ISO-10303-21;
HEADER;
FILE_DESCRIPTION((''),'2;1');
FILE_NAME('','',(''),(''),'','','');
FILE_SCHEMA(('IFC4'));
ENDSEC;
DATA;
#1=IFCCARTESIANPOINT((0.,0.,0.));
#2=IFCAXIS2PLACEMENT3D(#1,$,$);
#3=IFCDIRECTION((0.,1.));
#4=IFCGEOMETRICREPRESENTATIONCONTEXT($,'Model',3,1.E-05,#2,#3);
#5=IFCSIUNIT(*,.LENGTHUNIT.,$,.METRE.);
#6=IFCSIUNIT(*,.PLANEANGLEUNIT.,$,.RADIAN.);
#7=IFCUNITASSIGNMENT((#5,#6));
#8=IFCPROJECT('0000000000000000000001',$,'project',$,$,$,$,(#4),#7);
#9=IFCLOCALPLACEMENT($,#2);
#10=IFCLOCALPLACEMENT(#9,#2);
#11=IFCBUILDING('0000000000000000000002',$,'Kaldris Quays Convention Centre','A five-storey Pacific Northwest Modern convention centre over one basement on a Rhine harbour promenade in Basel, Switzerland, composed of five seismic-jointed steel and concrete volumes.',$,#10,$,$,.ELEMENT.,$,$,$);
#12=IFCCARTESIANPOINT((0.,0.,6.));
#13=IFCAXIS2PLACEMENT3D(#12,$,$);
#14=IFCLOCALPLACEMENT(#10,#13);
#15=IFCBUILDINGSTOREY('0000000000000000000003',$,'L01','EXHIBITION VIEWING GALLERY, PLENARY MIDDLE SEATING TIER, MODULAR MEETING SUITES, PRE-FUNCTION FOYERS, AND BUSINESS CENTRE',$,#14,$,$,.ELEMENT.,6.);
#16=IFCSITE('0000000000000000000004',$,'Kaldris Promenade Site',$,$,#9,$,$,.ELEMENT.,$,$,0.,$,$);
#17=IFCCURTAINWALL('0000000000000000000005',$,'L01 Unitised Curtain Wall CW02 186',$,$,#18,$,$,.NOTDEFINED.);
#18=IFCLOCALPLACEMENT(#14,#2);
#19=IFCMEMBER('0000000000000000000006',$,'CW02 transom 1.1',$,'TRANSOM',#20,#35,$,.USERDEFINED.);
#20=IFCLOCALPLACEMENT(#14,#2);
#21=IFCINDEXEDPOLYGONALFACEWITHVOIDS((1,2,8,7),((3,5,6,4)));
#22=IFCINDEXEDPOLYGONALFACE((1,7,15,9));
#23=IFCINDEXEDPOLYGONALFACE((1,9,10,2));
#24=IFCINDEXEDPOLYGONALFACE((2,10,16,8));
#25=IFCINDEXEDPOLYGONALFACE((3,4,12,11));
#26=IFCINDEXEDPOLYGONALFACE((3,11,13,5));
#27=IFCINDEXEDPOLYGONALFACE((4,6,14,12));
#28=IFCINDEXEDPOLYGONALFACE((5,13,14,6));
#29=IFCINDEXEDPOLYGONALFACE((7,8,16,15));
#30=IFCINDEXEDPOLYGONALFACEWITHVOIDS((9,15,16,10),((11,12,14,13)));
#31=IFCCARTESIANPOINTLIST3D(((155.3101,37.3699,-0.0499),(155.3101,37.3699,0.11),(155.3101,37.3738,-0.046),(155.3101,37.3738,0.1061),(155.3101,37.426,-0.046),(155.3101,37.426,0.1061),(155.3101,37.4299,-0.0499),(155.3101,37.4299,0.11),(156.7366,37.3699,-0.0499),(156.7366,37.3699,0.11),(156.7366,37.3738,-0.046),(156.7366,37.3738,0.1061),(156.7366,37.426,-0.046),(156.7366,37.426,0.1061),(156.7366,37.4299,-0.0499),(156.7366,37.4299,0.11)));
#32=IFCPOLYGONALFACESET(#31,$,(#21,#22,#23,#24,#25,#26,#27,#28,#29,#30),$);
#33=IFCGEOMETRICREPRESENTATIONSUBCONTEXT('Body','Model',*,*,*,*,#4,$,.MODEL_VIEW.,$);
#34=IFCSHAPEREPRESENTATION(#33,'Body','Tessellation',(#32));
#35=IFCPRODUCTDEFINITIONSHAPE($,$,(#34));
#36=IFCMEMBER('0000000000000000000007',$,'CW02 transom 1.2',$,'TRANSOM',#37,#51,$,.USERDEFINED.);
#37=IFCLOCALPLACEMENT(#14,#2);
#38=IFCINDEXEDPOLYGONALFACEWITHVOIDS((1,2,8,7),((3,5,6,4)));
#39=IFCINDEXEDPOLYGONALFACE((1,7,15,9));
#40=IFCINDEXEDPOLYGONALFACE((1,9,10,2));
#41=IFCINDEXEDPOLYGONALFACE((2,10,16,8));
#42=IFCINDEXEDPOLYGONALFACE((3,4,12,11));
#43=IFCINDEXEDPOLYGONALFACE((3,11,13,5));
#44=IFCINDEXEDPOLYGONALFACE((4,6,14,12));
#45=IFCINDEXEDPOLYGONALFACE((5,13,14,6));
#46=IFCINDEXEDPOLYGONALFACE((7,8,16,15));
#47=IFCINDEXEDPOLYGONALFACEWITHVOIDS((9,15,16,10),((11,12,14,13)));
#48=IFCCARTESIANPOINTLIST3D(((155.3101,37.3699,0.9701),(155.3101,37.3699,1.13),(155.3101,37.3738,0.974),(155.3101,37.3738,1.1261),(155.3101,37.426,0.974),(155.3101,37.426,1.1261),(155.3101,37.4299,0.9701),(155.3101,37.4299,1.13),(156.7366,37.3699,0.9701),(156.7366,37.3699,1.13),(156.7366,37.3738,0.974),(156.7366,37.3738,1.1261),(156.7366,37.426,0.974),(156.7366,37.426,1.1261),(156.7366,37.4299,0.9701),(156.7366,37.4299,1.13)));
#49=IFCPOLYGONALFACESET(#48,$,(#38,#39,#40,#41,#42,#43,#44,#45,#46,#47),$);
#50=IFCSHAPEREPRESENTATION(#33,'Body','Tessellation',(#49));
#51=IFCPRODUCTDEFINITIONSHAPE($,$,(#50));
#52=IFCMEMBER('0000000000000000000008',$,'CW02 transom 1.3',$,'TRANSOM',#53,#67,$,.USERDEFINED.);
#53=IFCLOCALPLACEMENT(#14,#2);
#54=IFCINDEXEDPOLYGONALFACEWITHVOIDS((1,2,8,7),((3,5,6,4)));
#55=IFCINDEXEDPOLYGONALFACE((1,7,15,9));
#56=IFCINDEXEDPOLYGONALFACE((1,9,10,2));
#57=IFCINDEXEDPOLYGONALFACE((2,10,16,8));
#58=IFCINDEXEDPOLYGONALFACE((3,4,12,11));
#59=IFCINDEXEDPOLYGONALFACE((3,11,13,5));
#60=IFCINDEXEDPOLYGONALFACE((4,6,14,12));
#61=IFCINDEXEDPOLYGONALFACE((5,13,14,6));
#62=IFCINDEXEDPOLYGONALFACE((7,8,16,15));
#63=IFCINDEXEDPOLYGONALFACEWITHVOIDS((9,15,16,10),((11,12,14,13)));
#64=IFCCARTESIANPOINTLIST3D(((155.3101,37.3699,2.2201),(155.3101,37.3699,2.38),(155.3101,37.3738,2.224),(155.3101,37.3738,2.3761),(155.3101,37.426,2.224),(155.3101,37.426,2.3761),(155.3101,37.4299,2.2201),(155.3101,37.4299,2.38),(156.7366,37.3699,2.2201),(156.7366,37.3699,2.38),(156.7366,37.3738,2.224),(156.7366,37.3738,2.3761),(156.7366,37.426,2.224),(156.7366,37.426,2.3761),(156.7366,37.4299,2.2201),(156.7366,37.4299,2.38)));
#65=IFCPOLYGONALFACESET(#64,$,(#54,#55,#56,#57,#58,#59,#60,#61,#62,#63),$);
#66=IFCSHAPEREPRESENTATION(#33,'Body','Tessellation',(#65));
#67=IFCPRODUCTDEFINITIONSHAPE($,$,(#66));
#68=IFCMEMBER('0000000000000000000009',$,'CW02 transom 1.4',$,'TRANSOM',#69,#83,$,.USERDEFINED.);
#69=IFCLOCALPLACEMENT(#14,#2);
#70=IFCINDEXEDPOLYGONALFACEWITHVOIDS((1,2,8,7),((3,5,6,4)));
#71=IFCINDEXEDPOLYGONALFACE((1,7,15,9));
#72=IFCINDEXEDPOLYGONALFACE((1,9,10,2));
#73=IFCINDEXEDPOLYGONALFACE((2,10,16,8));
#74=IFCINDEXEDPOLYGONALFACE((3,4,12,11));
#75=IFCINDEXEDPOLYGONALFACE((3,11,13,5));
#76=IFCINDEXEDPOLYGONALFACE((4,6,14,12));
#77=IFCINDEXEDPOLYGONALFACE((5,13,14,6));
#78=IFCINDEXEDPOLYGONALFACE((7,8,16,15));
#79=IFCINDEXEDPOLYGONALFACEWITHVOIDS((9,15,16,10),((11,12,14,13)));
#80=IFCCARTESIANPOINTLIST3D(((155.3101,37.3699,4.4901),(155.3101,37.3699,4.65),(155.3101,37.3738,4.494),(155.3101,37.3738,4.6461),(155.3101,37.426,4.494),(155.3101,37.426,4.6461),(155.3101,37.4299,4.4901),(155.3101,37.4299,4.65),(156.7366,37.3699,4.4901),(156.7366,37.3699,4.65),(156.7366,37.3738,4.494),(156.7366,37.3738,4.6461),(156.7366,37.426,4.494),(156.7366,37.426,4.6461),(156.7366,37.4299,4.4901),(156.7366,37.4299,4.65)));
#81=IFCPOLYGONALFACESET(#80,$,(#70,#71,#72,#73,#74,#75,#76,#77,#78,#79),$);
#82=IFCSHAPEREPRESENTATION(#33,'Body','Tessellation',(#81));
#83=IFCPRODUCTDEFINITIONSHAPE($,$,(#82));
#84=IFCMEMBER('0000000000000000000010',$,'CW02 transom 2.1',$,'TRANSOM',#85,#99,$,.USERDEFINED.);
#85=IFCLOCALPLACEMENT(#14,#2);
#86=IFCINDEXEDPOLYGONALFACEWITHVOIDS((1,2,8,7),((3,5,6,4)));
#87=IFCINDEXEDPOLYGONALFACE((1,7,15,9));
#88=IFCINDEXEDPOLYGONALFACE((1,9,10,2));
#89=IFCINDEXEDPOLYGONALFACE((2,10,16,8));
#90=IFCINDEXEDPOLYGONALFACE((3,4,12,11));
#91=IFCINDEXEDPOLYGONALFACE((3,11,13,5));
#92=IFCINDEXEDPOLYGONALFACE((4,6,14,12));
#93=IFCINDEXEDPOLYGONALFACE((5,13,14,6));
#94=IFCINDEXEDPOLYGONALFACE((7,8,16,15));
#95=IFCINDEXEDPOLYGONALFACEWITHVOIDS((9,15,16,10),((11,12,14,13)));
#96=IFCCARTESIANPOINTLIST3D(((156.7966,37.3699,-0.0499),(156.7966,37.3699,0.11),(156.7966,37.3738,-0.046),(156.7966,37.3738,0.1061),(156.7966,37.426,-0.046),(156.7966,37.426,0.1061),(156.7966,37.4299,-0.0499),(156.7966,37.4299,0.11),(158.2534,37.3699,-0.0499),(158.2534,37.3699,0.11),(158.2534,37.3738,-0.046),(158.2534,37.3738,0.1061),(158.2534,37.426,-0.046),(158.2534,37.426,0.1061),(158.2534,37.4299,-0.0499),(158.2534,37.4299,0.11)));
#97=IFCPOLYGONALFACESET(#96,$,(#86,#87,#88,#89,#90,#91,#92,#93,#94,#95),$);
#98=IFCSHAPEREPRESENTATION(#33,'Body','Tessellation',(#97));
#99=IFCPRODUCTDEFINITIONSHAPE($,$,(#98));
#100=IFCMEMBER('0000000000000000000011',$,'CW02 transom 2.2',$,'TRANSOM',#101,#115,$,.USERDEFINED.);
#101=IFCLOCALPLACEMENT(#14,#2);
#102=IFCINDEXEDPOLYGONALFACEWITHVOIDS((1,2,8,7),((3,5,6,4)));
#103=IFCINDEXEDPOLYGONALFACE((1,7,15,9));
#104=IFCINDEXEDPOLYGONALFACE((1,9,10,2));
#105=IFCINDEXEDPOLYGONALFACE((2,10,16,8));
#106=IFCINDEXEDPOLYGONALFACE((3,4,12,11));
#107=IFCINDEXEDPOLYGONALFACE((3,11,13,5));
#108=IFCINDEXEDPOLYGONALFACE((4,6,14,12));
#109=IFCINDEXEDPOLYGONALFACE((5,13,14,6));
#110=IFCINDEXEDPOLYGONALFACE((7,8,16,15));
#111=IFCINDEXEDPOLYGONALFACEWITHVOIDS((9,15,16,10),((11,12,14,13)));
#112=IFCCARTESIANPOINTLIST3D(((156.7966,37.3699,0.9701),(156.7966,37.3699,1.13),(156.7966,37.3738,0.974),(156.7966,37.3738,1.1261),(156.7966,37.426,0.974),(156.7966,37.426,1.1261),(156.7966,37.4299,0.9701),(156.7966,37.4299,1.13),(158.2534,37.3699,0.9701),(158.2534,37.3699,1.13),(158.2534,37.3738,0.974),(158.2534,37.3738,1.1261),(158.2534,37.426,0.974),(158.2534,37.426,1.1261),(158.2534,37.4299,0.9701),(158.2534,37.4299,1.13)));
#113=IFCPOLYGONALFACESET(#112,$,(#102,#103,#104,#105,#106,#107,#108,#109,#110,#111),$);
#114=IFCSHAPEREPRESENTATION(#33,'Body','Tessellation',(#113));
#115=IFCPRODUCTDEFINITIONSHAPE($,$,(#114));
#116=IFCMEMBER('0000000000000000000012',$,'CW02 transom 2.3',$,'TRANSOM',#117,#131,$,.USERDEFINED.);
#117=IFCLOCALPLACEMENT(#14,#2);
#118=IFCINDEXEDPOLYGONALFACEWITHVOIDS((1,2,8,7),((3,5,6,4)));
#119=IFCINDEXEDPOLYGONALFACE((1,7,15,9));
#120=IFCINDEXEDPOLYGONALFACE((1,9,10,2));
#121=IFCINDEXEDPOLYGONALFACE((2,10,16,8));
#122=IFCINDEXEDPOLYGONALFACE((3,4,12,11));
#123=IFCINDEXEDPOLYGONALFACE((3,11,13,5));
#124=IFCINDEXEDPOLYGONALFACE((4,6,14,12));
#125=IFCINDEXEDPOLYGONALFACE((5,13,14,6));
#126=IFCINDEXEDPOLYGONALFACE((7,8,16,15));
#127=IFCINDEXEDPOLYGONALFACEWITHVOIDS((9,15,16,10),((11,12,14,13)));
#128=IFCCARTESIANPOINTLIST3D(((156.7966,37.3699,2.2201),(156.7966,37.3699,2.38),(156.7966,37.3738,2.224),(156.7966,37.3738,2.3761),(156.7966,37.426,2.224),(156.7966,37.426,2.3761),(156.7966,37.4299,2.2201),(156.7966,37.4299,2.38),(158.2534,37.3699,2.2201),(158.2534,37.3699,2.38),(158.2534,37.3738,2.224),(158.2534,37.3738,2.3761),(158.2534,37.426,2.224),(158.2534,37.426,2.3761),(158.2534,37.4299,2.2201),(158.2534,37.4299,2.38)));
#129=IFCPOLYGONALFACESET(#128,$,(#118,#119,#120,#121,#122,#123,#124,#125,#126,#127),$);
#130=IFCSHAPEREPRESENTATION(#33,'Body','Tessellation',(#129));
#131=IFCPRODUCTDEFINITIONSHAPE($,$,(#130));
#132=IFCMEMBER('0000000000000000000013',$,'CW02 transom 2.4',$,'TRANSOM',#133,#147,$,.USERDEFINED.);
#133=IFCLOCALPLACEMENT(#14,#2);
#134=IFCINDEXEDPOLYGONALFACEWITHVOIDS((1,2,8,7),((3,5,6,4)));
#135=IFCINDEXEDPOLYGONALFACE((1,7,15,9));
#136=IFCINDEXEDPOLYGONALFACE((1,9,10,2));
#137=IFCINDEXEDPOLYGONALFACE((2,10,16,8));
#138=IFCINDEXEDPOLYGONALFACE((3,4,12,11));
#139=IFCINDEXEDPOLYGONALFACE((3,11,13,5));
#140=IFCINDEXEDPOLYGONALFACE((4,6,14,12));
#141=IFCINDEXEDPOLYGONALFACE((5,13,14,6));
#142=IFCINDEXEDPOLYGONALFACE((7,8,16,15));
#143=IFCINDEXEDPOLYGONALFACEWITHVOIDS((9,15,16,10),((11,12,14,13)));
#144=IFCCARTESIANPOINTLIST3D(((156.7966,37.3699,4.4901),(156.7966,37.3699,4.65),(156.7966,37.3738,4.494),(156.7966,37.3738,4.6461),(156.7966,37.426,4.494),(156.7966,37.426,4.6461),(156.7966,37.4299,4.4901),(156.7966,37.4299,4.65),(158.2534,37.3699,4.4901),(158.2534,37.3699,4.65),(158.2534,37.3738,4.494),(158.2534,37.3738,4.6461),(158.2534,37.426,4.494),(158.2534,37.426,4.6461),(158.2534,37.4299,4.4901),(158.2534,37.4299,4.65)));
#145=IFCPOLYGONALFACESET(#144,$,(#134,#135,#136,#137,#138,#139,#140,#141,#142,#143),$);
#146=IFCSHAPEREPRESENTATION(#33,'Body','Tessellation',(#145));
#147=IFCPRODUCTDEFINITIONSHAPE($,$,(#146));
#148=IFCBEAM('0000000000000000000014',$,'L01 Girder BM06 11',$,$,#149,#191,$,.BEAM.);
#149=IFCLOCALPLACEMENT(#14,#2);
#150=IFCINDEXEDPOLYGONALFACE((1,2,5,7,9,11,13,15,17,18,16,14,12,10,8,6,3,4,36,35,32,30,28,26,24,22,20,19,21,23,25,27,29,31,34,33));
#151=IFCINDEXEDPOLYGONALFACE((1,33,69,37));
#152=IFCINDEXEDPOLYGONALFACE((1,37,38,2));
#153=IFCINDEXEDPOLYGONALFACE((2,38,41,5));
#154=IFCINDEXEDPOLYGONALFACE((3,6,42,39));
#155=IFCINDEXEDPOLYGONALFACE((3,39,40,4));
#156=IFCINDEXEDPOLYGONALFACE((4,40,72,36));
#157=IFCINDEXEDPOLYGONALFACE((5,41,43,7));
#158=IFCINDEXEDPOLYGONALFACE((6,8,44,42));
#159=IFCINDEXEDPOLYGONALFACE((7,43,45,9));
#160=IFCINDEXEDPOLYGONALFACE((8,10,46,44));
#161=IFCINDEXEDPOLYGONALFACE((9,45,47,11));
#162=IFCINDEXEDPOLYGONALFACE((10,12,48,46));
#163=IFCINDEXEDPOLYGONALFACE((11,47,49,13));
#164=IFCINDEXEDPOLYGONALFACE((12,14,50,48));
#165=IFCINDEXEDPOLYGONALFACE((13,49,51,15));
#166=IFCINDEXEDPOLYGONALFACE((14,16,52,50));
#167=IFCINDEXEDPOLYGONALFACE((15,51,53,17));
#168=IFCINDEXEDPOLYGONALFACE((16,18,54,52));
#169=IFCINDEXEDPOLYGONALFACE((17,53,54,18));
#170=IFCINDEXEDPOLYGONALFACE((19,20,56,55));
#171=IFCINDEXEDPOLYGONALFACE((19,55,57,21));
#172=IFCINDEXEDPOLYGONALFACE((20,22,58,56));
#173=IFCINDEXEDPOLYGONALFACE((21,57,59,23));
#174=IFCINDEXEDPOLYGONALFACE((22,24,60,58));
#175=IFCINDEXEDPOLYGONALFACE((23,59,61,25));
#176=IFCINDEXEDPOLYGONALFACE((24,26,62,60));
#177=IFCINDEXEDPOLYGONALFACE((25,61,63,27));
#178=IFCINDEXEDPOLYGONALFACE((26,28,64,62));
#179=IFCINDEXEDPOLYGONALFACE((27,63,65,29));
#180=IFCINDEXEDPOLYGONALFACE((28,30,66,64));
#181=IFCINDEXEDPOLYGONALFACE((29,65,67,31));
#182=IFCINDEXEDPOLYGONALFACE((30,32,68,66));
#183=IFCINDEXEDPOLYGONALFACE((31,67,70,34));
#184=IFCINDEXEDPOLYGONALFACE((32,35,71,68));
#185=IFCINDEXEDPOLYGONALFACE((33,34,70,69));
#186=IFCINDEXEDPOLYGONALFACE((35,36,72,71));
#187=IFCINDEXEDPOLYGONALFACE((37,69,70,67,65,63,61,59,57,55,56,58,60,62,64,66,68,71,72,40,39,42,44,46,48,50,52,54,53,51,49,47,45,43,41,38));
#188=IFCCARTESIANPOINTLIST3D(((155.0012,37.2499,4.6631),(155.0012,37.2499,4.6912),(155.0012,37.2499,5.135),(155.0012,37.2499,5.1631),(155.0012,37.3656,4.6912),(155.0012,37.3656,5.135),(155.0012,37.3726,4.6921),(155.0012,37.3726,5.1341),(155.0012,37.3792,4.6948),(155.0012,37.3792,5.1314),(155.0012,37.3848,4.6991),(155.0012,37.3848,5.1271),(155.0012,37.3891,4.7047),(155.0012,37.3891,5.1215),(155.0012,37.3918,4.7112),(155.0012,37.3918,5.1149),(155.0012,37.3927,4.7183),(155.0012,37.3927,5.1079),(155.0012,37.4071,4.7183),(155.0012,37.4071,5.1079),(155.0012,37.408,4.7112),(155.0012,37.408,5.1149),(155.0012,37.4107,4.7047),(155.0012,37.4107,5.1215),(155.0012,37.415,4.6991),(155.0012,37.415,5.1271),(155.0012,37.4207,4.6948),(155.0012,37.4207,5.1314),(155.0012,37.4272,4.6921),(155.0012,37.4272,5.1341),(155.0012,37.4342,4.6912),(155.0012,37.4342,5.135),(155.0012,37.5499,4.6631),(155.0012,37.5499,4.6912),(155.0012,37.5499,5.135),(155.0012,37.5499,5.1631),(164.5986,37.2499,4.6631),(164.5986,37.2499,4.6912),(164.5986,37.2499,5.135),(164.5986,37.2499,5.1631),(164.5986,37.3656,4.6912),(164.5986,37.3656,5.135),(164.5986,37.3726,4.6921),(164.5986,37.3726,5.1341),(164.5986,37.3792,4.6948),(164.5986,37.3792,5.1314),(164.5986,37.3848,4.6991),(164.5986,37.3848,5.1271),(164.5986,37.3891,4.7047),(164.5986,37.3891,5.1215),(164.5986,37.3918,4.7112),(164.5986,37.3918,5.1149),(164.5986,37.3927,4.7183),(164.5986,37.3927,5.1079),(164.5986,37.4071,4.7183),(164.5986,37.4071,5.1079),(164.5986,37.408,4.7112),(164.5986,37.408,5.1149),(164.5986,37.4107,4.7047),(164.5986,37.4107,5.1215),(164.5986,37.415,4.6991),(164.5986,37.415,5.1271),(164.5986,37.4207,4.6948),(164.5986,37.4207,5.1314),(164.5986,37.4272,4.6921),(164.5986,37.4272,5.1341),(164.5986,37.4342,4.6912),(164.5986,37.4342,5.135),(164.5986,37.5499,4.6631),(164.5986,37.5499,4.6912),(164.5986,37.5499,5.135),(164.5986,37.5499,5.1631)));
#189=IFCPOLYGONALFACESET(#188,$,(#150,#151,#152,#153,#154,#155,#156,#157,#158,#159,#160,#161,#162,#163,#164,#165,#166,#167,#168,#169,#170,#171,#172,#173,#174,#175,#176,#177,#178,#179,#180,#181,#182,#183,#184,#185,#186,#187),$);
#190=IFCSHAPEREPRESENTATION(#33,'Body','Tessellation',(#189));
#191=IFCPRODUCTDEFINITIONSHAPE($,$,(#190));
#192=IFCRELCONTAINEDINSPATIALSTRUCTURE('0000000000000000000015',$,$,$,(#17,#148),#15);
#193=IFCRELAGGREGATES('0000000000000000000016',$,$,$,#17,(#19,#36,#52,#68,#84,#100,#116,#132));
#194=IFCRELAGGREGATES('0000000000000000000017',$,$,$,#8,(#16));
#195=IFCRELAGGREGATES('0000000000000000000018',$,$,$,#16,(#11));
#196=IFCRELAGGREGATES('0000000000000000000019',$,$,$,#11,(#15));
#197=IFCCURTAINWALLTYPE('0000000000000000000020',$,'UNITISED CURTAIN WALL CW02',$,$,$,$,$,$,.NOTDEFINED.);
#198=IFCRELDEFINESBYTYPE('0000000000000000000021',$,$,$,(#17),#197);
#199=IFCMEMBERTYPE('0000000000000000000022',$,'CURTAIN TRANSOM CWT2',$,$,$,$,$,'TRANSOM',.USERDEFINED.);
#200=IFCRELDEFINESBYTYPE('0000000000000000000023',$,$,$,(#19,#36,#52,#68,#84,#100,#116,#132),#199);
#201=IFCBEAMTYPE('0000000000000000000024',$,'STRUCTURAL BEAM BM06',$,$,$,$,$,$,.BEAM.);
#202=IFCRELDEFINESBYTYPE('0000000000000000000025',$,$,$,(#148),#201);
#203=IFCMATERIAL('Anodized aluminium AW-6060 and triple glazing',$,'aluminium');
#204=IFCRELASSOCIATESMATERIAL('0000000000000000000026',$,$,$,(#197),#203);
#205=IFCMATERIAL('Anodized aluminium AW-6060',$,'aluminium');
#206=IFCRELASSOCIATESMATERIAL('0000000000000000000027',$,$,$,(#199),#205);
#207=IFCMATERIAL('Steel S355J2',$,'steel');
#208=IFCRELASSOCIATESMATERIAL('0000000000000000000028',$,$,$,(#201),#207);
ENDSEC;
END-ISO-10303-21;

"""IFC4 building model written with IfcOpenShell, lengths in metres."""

from ifc_helpers import new_model, si_unit, direction, frame, origin, origin_2d, place, context, subcontext, project, spatial, hollow_rectangle, i_section, extrude, material, material_profile, profile_set, type_object, element, aggregate, save


model = new_model("IFC4")

# Units and contexts
model_context = context("Model", 3, precision=1e-05, world=origin(), true_north=direction((0.0, 1.0)))
body_context = subcontext(model_context, "Body", "Model", "MODEL_VIEW")
ifc_project = project(units=[si_unit("LENGTHUNIT", "METRE"), si_unit("PLANEANGLEUNIT", "RADIAN")], contexts=[model_context])

# Site, building, storey
site_placement = place(None, origin())
site = spatial("IfcSite", under=ifc_project, at=site_placement, Name="Kaldris Promenade Site", CompositionType="ELEMENT", RefElevation=0.0)
building_placement = place(site_placement, origin())
building = spatial("IfcBuilding", under=site, at=building_placement, Name="Kaldris Quays Convention Centre", Description="A five-storey Pacific Northwest Modern convention centre over one basement on a Rhine harbour promenade in Basel, Switzerland, composed of five seismic-jointed steel and concrete volumes.", CompositionType="ELEMENT")
storey_placement = place(building_placement, frame((0.0, 0.0, 6.0)))
storey = spatial("IfcBuildingStorey", under=building, at=storey_placement, Name="L01", Description="EXHIBITION VIEWING GALLERY, PLENARY MIDDLE SEATING TIER, MODULAR MEETING SUITES, PRE-FUNCTION FOYERS, AND BUSINESS CENTRE", CompositionType="ELEMENT", Elevation=6.0)

# Shared definitions
ifc_material_1 = material(Name="Steel S355J2", Category="steel")

# Shared definitions
ifc_material_2 = material(Name="Anodized aluminium AW-6060 and triple glazing", Category="aluminium")
curtain_wall_type = type_object("IfcCurtainWallType", Name="UNITISED CURTAIN WALL CW02", PredefinedType="NOTDEFINED", material=ifc_material_2)
ifc_material_3 = material(Name="Anodized aluminium AW-6060", Category="aluminium")

# Curtain wall
curtain_wall_1_placement = place(storey_placement, origin())
curtain_wall_1 = element("IfcCurtainWall", 1, at=curtain_wall_1_placement, inside=storey, type_object=curtain_wall_type, Name="L01 Unitised Curtain Wall CW02 186", PredefinedType="NOTDEFINED")

# Members
ifc_material_profile_1 = material_profile(ifc_material_3, hollow_rectangle(XDim=0.0601, YDim=0.1599, WallThickness=0.0039, at=origin_2d()), Name="RHS 160x60x4")
ifc_profile_set_1 = profile_set([ifc_material_profile_1], Name="Anodized aluminium AW-6060")
member_type_1 = type_object("IfcMemberType", Name="CURTAIN TRANSOM CWT2", ElementType="TRANSOM", PredefinedType="USERDEFINED", material=ifc_profile_set_1)
member_1_placement = place(storey_placement, frame((155.3101, 37.3999, 0.03), z_axis=(1.0, 0.0, 0.0), x_axis=(0.0, 1.0, 0.0)))
member_1 = element("IfcMember", 2, at=member_1_placement, type_object=member_type_1, Name="CW02 transom 1.1", ObjectType="TRANSOM", PredefinedType="USERDEFINED", context=body_context, shape_type="SweptSolid", body=[
    extrude(hollow_rectangle(XDim=0.0601, YDim=0.1599, WallThickness=0.0039, at=origin_2d()), origin(), (0.0, 0.0, 1.0), 1.4265),
])
member_2_placement = place(storey_placement, frame((155.3101, 37.3999, 1.05), z_axis=(1.0, 0.0, 0.0), x_axis=(0.0, 1.0, 0.0)))
member_2 = element("IfcMember", 3, at=member_2_placement, type_object=member_type_1, Name="CW02 transom 1.2", ObjectType="TRANSOM", PredefinedType="USERDEFINED", context=body_context, shape_type="SweptSolid", body=[
    extrude(hollow_rectangle(XDim=0.0601, YDim=0.1599, WallThickness=0.0039, at=origin_2d()), origin(), (0.0, 0.0, 1.0), 1.4265),
])
member_3_placement = place(storey_placement, frame((155.3101, 37.3999, 2.3), z_axis=(1.0, 0.0, 0.0), x_axis=(0.0, 1.0, 0.0)))
member_3 = element("IfcMember", 4, at=member_3_placement, type_object=member_type_1, Name="CW02 transom 1.3", ObjectType="TRANSOM", PredefinedType="USERDEFINED", context=body_context, shape_type="SweptSolid", body=[
    extrude(hollow_rectangle(XDim=0.0601, YDim=0.1599, WallThickness=0.0039, at=origin_2d()), origin(), (0.0, 0.0, 1.0), 1.4265),
])
member_4_placement = place(storey_placement, frame((155.3101, 37.3999, 4.5701), z_axis=(1.0, 0.0, 0.0), x_axis=(0.0, 1.0, 0.0)))
member_4 = element("IfcMember", 5, at=member_4_placement, type_object=member_type_1, Name="CW02 transom 1.4", ObjectType="TRANSOM", PredefinedType="USERDEFINED", context=body_context, shape_type="SweptSolid", body=[
    extrude(hollow_rectangle(XDim=0.0601, YDim=0.1599, WallThickness=0.0039, at=origin_2d()), origin(), (0.0, 0.0, 1.0), 1.4265),
])
member_5_placement = place(storey_placement, frame((156.7966, 37.3999, 0.03), z_axis=(1.0, 0.0, 0.0), x_axis=(0.0, 1.0, 0.0)))
member_5 = element("IfcMember", 6, at=member_5_placement, type_object=member_type_1, Name="CW02 transom 2.1", ObjectType="TRANSOM", PredefinedType="USERDEFINED", context=body_context, shape_type="SweptSolid", body=[
    extrude(hollow_rectangle(XDim=0.0601, YDim=0.1599, WallThickness=0.0039, at=origin_2d()), origin(), (0.0, 0.0, 1.0), 1.4568),
])
member_6_placement = place(storey_placement, frame((156.7966, 37.3999, 1.05), z_axis=(1.0, 0.0, 0.0), x_axis=(0.0, 1.0, 0.0)))
member_6 = element("IfcMember", 7, at=member_6_placement, type_object=member_type_1, Name="CW02 transom 2.2", ObjectType="TRANSOM", PredefinedType="USERDEFINED", context=body_context, shape_type="SweptSolid", body=[
    extrude(hollow_rectangle(XDim=0.0601, YDim=0.1599, WallThickness=0.0039, at=origin_2d()), origin(), (0.0, 0.0, 1.0), 1.4568),
])
member_7_placement = place(storey_placement, frame((156.7966, 37.3999, 2.3), z_axis=(1.0, 0.0, 0.0), x_axis=(0.0, 1.0, 0.0)))
member_7 = element("IfcMember", 8, at=member_7_placement, type_object=member_type_1, Name="CW02 transom 2.3", ObjectType="TRANSOM", PredefinedType="USERDEFINED", context=body_context, shape_type="SweptSolid", body=[
    extrude(hollow_rectangle(XDim=0.0601, YDim=0.1599, WallThickness=0.0039, at=origin_2d()), origin(), (0.0, 0.0, 1.0), 1.4568),
])
member_8_placement = place(storey_placement, frame((156.7966, 37.3999, 4.5701), z_axis=(1.0, 0.0, 0.0), x_axis=(0.0, 1.0, 0.0)))
member_8 = element("IfcMember", 9, at=member_8_placement, type_object=member_type_1, Name="CW02 transom 2.4", ObjectType="TRANSOM", PredefinedType="USERDEFINED", context=body_context, shape_type="SweptSolid", body=[
    extrude(hollow_rectangle(XDim=0.0601, YDim=0.1599, WallThickness=0.0039, at=origin_2d()), origin(), (0.0, 0.0, 1.0), 1.4568),
])

# Beam
ifc_material_profile_2 = material_profile(ifc_material_1, i_section(OverallWidth=0.3, OverallDepth=0.5, WebThickness=0.0144, FlangeThickness=0.0281, FilletRadius=0.0271, at=origin_2d()), Name="HEB 500")
ifc_profile_set_2 = profile_set([ifc_material_profile_2], Name="Steel S355J2")
beam_type = type_object("IfcBeamType", Name="STRUCTURAL BEAM BM06", PredefinedType="BEAM", material=ifc_profile_set_2)
beam_placement = place(storey_placement, frame((155.0012, 37.3999, 4.9131), z_axis=(1.0, 0.0, 0.0), x_axis=(0.0, 1.0, 0.0)))
element("IfcBeam", 10, at=beam_placement, inside=storey, type_object=beam_type, Name="L01 Girder BM06 11", PredefinedType="BEAM", context=body_context, shape_type="SweptSolid", body=[
    extrude(i_section(OverallWidth=0.3, OverallDepth=0.5, WebThickness=0.0144, FlangeThickness=0.0281, FilletRadius=0.0271, at=origin_2d()), origin(), (0.0, 0.0, 1.0), 9.5974),
])

aggregate(curtain_wall_1, [member_1, member_2, member_3, member_4, member_5, member_6, member_7, member_8])

save(model, "model.ifc")
